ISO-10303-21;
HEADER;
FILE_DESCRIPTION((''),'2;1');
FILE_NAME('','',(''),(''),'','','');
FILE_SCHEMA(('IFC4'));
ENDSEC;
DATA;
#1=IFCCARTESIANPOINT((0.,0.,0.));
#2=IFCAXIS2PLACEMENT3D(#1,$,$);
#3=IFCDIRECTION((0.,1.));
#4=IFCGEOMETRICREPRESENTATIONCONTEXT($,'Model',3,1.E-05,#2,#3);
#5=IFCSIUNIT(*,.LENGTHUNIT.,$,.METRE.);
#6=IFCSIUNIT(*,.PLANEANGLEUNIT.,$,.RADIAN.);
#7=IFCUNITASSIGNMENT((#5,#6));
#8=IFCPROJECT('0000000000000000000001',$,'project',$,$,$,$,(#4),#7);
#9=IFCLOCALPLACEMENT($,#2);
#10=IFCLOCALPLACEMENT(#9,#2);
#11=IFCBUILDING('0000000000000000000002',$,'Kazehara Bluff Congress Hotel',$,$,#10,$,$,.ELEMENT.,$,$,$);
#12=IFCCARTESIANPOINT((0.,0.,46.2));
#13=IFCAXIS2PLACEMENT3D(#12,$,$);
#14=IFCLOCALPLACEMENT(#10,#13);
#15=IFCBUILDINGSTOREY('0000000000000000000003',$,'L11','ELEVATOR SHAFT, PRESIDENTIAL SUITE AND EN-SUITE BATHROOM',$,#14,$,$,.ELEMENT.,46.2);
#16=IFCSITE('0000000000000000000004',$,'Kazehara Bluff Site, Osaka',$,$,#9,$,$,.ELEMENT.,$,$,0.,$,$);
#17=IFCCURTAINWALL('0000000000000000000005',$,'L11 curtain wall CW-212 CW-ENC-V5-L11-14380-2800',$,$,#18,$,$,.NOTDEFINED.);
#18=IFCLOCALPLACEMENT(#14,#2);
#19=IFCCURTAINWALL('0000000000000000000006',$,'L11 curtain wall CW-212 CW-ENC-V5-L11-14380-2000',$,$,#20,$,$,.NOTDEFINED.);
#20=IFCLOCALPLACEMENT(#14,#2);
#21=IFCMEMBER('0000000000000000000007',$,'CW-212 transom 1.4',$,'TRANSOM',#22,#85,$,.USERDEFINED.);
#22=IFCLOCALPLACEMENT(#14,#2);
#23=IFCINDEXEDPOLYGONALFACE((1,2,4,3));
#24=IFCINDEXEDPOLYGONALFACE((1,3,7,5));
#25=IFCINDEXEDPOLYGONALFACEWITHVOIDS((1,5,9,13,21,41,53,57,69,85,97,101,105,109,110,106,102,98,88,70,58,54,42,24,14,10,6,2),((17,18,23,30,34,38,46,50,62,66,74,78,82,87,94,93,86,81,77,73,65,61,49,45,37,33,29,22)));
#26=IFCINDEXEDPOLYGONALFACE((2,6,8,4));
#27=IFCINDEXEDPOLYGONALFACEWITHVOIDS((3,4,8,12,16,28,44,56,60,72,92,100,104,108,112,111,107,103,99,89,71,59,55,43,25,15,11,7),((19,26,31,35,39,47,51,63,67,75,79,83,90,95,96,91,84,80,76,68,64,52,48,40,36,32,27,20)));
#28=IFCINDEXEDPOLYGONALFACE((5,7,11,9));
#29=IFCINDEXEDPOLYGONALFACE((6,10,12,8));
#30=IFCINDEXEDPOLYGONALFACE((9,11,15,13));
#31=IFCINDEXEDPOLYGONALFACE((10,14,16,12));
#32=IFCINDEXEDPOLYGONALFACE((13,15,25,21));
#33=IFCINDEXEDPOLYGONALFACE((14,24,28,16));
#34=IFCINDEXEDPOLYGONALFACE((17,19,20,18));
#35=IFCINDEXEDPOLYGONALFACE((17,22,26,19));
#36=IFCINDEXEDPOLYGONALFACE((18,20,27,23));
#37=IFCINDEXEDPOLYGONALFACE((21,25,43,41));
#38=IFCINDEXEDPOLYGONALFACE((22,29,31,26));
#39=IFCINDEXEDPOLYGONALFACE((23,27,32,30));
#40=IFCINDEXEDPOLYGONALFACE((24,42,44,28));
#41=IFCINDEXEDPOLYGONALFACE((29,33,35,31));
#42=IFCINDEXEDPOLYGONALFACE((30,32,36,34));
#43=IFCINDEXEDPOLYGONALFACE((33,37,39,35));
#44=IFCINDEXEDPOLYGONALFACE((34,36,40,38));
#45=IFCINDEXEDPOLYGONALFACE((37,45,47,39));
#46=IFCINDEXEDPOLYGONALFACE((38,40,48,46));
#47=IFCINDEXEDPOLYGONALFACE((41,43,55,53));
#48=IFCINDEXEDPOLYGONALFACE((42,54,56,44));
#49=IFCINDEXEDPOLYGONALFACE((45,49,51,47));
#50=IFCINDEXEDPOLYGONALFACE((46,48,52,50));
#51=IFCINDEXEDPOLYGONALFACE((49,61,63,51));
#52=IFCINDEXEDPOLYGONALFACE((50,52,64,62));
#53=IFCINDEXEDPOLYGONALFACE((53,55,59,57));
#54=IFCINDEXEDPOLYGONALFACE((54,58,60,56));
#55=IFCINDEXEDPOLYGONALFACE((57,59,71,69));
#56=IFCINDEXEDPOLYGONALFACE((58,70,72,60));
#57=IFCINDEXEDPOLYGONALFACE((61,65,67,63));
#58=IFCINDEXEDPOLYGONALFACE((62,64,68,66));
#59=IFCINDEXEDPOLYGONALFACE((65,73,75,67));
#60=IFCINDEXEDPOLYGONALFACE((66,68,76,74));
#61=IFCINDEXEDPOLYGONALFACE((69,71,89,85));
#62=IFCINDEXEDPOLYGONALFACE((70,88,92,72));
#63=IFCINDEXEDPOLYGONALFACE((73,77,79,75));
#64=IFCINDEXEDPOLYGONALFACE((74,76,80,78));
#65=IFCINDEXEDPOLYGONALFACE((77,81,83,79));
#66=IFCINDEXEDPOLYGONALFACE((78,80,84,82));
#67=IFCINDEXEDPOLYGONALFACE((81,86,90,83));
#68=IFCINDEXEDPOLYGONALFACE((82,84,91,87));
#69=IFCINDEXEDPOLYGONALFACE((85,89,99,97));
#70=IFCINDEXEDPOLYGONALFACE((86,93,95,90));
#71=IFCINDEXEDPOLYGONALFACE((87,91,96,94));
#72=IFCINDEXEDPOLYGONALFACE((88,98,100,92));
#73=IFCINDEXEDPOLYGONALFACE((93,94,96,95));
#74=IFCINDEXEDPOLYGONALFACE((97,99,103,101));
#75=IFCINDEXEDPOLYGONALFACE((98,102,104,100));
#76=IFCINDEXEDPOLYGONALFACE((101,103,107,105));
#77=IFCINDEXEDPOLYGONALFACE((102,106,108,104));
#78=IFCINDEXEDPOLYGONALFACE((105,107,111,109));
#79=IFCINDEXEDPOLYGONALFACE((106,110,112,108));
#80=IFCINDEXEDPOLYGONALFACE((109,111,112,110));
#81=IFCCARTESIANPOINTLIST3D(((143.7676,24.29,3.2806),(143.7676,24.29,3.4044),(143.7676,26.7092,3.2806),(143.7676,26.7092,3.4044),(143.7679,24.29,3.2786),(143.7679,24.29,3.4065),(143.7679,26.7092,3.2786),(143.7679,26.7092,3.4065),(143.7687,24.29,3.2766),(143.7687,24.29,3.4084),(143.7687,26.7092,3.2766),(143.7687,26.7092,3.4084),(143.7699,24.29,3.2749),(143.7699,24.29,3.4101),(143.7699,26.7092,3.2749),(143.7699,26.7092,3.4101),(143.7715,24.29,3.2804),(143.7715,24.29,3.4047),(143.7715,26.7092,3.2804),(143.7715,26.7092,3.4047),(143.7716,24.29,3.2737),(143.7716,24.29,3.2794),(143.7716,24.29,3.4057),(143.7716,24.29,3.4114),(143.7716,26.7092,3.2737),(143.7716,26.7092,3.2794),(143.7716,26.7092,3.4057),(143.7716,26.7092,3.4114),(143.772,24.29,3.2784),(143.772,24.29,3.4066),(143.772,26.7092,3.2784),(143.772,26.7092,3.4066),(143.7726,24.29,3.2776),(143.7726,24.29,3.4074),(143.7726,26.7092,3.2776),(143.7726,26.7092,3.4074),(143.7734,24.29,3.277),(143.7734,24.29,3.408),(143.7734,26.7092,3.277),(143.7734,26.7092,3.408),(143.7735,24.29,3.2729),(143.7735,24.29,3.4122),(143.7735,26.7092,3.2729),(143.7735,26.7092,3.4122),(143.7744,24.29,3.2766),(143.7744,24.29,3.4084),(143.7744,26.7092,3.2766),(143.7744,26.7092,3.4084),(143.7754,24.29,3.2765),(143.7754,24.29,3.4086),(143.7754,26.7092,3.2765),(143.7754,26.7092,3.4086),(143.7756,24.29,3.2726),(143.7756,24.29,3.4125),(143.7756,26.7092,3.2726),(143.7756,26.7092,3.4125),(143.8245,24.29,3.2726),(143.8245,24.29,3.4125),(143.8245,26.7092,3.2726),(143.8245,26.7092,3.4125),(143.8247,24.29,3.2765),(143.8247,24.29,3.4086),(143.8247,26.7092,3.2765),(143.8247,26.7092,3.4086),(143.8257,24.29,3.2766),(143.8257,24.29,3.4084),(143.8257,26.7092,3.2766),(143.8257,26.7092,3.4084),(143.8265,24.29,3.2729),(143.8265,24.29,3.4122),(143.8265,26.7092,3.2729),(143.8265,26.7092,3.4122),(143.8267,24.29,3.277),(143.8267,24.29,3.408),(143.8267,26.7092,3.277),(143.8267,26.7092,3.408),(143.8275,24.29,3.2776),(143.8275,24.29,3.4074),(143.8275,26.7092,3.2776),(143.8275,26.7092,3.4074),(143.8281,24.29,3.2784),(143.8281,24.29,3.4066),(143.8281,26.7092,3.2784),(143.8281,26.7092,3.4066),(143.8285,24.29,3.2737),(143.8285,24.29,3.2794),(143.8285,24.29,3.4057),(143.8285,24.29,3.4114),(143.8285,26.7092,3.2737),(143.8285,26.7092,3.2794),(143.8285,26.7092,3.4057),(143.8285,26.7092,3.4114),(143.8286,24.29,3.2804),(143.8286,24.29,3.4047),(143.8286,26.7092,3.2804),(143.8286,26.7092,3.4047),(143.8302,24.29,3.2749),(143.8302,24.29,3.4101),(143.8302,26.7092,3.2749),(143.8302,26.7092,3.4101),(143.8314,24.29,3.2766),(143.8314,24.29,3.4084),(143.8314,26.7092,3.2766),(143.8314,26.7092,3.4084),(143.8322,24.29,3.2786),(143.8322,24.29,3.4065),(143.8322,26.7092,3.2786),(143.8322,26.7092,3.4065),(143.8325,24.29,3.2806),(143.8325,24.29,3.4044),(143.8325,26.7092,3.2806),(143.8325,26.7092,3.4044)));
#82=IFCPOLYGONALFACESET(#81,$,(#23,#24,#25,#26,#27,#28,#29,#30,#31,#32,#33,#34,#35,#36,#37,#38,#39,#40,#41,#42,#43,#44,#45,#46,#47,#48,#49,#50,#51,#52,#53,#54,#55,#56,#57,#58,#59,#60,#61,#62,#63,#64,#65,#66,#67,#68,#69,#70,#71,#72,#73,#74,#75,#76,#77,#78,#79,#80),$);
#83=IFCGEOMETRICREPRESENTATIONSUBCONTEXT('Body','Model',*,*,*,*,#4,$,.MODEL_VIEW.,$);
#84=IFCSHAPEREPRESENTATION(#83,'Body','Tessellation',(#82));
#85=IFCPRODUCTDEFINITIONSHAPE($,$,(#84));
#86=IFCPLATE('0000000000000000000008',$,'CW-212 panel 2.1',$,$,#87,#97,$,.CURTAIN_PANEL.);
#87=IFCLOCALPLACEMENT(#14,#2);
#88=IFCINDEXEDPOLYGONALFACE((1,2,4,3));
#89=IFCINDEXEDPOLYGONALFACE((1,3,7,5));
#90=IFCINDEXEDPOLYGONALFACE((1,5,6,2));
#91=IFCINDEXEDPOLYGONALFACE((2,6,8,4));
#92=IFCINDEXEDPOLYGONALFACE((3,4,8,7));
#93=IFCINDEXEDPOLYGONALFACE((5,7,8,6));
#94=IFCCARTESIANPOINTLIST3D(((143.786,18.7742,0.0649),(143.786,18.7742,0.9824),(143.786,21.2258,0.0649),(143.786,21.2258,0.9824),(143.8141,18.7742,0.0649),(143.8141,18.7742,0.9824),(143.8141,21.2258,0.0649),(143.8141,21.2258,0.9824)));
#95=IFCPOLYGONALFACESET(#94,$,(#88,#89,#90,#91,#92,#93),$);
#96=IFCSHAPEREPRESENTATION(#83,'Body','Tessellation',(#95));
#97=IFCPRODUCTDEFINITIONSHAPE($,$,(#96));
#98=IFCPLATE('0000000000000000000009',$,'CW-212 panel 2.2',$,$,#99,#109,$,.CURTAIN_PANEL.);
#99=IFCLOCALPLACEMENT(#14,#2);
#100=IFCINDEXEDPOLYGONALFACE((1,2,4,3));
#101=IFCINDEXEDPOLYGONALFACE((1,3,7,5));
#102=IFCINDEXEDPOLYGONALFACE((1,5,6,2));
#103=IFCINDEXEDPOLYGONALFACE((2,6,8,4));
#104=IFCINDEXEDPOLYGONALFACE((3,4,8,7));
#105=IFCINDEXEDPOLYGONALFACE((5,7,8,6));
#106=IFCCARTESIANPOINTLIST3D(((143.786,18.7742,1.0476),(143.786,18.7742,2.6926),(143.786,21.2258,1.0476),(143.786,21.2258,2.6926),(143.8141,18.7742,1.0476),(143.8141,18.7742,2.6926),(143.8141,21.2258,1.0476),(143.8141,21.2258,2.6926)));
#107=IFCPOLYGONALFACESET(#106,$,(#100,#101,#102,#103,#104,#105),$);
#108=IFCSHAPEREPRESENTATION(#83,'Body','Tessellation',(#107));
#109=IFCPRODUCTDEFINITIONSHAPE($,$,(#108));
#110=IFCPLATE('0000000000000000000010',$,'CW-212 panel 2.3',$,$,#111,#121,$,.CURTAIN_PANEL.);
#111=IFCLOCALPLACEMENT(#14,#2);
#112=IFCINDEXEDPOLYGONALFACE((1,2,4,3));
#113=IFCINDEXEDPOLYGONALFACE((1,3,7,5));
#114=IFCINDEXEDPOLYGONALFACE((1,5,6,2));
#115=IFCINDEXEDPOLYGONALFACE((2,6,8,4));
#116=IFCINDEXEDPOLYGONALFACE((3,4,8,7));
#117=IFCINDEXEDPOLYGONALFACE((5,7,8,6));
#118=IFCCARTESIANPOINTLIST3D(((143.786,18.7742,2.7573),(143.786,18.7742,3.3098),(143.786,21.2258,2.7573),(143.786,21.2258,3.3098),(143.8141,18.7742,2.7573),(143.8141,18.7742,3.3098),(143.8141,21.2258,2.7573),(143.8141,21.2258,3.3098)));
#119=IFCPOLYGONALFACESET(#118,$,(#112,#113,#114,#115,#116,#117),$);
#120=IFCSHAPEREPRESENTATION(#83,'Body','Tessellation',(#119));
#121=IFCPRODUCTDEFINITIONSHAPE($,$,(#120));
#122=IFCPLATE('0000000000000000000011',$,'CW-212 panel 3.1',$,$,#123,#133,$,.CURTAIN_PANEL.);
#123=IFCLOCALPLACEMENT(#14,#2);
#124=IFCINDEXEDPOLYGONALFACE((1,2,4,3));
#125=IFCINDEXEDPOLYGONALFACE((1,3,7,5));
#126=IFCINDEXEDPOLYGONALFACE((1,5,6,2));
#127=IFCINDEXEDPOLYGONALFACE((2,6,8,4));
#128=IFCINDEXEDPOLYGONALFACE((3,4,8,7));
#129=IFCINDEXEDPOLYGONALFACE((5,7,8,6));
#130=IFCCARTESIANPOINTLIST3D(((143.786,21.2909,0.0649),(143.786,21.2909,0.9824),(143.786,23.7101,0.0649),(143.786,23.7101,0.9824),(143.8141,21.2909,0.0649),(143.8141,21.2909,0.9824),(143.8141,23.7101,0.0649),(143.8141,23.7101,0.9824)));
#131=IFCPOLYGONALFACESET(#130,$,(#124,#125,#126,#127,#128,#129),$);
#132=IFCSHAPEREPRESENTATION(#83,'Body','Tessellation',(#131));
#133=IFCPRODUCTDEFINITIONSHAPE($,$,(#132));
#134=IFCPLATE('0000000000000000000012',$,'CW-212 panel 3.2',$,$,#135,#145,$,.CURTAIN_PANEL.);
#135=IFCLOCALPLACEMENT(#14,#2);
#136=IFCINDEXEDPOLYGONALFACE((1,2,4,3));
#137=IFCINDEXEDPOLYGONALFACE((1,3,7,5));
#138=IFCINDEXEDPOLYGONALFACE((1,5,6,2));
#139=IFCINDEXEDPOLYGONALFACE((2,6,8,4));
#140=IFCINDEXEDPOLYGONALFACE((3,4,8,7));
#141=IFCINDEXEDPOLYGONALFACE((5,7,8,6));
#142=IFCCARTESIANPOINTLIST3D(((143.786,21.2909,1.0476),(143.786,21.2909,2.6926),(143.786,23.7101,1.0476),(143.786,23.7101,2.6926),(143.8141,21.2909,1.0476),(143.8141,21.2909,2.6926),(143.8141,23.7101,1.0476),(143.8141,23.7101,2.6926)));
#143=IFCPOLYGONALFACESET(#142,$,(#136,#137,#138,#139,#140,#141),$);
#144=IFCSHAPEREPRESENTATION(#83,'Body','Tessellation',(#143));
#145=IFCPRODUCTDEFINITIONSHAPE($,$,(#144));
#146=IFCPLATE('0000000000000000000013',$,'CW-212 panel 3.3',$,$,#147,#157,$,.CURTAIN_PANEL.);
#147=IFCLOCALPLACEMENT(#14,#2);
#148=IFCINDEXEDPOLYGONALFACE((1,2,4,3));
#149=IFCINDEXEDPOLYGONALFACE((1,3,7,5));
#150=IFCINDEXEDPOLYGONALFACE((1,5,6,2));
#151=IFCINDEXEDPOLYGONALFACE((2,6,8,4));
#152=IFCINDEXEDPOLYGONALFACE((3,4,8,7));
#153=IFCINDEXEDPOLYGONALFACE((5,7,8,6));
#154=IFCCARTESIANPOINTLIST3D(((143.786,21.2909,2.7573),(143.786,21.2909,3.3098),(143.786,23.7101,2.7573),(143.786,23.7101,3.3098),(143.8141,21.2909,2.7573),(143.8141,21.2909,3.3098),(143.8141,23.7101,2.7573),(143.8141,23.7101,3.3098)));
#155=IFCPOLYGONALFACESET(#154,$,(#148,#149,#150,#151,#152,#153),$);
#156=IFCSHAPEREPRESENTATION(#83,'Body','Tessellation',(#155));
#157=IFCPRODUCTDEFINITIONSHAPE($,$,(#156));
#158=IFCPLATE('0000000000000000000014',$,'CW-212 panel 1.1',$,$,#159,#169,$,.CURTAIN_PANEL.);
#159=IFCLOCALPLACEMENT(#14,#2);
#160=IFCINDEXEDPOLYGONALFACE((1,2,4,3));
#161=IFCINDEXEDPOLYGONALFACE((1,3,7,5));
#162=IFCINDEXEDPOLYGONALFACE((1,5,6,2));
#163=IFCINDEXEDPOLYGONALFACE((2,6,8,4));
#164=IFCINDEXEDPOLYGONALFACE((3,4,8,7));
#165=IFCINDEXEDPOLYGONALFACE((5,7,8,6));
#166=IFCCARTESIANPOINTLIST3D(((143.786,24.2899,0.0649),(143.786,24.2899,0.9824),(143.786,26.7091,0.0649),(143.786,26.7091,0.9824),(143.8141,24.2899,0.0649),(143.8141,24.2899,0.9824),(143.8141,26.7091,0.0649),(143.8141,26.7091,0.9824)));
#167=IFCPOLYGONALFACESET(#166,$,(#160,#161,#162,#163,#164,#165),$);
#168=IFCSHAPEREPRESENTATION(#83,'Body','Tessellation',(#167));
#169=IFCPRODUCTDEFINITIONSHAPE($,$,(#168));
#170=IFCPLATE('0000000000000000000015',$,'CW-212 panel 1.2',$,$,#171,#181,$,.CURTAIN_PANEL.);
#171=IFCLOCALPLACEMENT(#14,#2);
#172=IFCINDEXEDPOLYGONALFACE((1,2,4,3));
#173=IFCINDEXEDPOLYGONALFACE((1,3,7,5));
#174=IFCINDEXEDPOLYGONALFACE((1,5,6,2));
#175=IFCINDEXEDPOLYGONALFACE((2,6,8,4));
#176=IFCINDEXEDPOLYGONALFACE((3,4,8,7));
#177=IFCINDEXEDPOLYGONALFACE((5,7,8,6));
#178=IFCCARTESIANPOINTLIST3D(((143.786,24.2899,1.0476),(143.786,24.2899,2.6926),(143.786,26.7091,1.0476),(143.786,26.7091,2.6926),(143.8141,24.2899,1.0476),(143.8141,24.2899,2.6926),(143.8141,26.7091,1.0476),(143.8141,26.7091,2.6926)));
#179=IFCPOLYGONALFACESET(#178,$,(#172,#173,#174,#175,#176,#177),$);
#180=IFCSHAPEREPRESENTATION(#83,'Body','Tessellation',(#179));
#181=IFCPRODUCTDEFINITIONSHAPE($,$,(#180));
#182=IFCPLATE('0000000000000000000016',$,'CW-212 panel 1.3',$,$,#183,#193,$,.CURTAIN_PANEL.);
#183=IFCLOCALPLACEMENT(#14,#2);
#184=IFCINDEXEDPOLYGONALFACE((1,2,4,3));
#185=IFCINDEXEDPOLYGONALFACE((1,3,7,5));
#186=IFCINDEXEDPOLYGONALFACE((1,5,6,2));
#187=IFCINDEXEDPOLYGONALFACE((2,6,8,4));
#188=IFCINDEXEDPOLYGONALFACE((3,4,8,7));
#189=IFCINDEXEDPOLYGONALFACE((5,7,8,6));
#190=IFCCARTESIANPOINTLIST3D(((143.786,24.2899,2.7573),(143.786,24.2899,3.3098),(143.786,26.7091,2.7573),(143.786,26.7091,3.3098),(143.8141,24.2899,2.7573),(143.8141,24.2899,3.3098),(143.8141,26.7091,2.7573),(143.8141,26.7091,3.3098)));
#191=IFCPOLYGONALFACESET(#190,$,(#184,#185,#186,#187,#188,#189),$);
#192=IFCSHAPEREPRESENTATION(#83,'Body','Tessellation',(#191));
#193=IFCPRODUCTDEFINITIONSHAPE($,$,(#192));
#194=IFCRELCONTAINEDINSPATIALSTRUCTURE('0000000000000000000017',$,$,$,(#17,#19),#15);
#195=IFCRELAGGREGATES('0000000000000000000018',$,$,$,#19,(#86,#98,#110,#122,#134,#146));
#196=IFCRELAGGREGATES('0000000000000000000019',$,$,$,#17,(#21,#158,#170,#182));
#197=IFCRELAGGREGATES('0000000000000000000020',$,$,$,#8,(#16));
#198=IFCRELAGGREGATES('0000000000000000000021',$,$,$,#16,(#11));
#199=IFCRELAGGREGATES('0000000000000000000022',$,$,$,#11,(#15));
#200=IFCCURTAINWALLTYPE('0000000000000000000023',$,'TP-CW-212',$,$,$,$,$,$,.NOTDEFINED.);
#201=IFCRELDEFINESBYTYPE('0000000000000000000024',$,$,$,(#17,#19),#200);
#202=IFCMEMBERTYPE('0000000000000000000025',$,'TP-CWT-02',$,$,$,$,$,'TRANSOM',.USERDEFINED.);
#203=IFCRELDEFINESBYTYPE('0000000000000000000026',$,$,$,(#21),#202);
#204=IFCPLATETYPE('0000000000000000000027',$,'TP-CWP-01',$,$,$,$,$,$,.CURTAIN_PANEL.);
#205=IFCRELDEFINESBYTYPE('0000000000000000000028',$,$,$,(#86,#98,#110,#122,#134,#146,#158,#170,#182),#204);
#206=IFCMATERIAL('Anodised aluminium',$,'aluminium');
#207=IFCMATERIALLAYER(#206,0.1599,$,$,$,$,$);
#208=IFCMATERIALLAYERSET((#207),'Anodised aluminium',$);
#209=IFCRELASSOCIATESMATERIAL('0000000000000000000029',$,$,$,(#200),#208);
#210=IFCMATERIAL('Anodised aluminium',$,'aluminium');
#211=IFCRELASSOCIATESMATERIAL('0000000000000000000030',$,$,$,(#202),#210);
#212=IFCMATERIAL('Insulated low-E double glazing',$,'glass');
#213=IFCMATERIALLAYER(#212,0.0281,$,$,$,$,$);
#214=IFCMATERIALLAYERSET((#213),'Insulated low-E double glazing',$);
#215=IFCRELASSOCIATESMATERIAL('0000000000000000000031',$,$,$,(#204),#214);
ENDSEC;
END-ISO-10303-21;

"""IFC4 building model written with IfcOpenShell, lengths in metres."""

from ifc_helpers import new_model, si_unit, direction, frame, origin, origin_2d, place, context, subcontext, project, spatial, rectangle, hollow_rectangle, extrude, material, layer, layer_set, material_profile, profile_set, type_object, element, aggregate, save


model = new_model("IFC4")

# Units and contexts
model_context = context("Model", 3, precision=1e-05, world=origin(), true_north=direction((0.0, 1.0)))
body_context = subcontext(model_context, "Body", "Model", "MODEL_VIEW")
ifc_project = project(units=[si_unit("LENGTHUNIT", "METRE"), si_unit("PLANEANGLEUNIT", "RADIAN")], contexts=[model_context])

# Site, building, storey
site_placement = place(None, origin())
site = spatial("IfcSite", under=ifc_project, at=site_placement, Name="Kazehara Bluff Site, Osaka", CompositionType="ELEMENT", RefElevation=0.0)
building_placement = place(site_placement, origin())
building = spatial("IfcBuilding", under=site, at=building_placement, Name="Kazehara Bluff Congress Hotel", CompositionType="ELEMENT")
storey_placement = place(building_placement, frame((0.0, 0.0, 46.2)))
storey = spatial("IfcBuildingStorey", under=building, at=storey_placement, Name="L11", Description="ELEVATOR SHAFT, PRESIDENTIAL SUITE AND EN-SUITE BATHROOM", CompositionType="ELEMENT", Elevation=46.2)

# Curtain wall
ifc_material_1 = material(Name="Anodised aluminium", Category="aluminium")
ifc_layer_1 = layer(ifc_material_1, 0.1599)
ifc_layer_set_1 = layer_set([ifc_layer_1], Name="Anodised aluminium")
curtain_wall_type = type_object("IfcCurtainWallType", Name="TP-CW-212", PredefinedType="NOTDEFINED", material=ifc_layer_set_1)
curtain_wall_1_placement = place(storey_placement, origin())
curtain_wall_1 = element("IfcCurtainWall", 1, at=curtain_wall_1_placement, inside=storey, type_object=curtain_wall_type, Name="L11 curtain wall CW-212 CW-ENC-V5-L11-14380-2800", PredefinedType="NOTDEFINED")

# Curtain wall
curtain_wall_2_placement = place(storey_placement, origin())
curtain_wall_2 = element("IfcCurtainWall", 2, at=curtain_wall_2_placement, inside=storey, type_object=curtain_wall_type, Name="L11 curtain wall CW-212 CW-ENC-V5-L11-14380-2000", PredefinedType="NOTDEFINED")
ifc_material_2 = material(Name="Anodised aluminium", Category="aluminium")
ifc_material_profile_1 = material_profile(ifc_material_2, hollow_rectangle(XDim=0.0649, YDim=0.1399, WallThickness=0.0039, InnerFilletRadius=0.0039, OuterFilletRadius=0.0081, at=origin_2d()))
ifc_profile_set_1 = profile_set([ifc_material_profile_1], Name="Anodised aluminium")
member_type_1 = type_object("IfcMemberType", Name="TP-CWT-02", ElementType="TRANSOM", PredefinedType="USERDEFINED", material=ifc_profile_set_1)

# Member
member_1_placement = place(storey_placement, frame((143.8, 24.29, 3.3425), z_axis=(0.0, 1.0, 0.0), x_axis=(-1.0, 0.0, 0.0)))
member_1 = element("IfcMember", 3, at=member_1_placement, type_object=member_type_1, Name="CW-212 transom 1.4", ObjectType="TRANSOM", PredefinedType="USERDEFINED", context=body_context, shape_type="SweptSolid", body=[
    extrude(hollow_rectangle(XDim=0.0649, YDim=0.1399, WallThickness=0.0039, InnerFilletRadius=0.0039, OuterFilletRadius=0.0081, at=origin_2d()), origin(), (0.0, 0.0, 1.0), 2.4192),
])

# Plates
ifc_material_3 = material(Name="Insulated low-E double glazing", Category="glass")
ifc_layer_2 = layer(ifc_material_3, 0.0281)
ifc_layer_set_2 = layer_set([ifc_layer_2], Name="Insulated low-E double glazing")
plate_type = type_object("IfcPlateType", Name="TP-CWP-01", PredefinedType="CURTAIN_PANEL", material=ifc_layer_set_2)
plate_1_placement = place(storey_placement, frame((143.8, 20.0, 0.0649), z_axis=(0.0, 0.0, 1.0), x_axis=(0.0, 1.0, 0.0)))
plate_1 = element("IfcPlate", 4, at=plate_1_placement, type_object=plate_type, Name="CW-212 panel 2.1", PredefinedType="CURTAIN_PANEL", context=body_context, shape_type="SweptSolid", body=[
    extrude(rectangle(XDim=2.4517, YDim=0.0281, at=origin_2d()), origin(), (0.0, 0.0, 1.0), 0.9175),
])
plate_2_placement = place(storey_placement, frame((143.8, 20.0, 1.0476), z_axis=(0.0, 0.0, 1.0), x_axis=(0.0, 1.0, 0.0)))
plate_2 = element("IfcPlate", 5, at=plate_2_placement, type_object=plate_type, Name="CW-212 panel 2.2", PredefinedType="CURTAIN_PANEL", context=body_context, shape_type="SweptSolid", body=[
    extrude(rectangle(XDim=2.4517, YDim=0.0281, at=origin_2d()), origin(), (0.0, 0.0, 1.0), 1.645),
])
plate_3_placement = place(storey_placement, frame((143.8, 20.0, 2.7573), z_axis=(0.0, 0.0, 1.0), x_axis=(0.0, 1.0, 0.0)))
plate_3 = element("IfcPlate", 6, at=plate_3_placement, type_object=plate_type, Name="CW-212 panel 2.3", PredefinedType="CURTAIN_PANEL", context=body_context, shape_type="SweptSolid", body=[
    extrude(rectangle(XDim=2.4517, YDim=0.0281, at=origin_2d()), origin(), (0.0, 0.0, 1.0), 0.5525),
])
plate_4_placement = place(storey_placement, frame((143.8, 22.5005, 0.0649), z_axis=(0.0, 0.0, 1.0), x_axis=(0.0, 1.0, 0.0)))
plate_4 = element("IfcPlate", 7, at=plate_4_placement, type_object=plate_type, Name="CW-212 panel 3.1", PredefinedType="CURTAIN_PANEL", context=body_context, shape_type="SweptSolid", body=[
    extrude(rectangle(XDim=2.4192, YDim=0.0281, at=origin_2d()), origin(), (0.0, 0.0, 1.0), 0.9175),
])
plate_5_placement = place(storey_placement, frame((143.8, 22.5005, 1.0476), z_axis=(0.0, 0.0, 1.0), x_axis=(0.0, 1.0, 0.0)))
plate_5 = element("IfcPlate", 8, at=plate_5_placement, type_object=plate_type, Name="CW-212 panel 3.2", PredefinedType="CURTAIN_PANEL", context=body_context, shape_type="SweptSolid", body=[
    extrude(rectangle(XDim=2.4192, YDim=0.0281, at=origin_2d()), origin(), (0.0, 0.0, 1.0), 1.645),
])
plate_6_placement = place(storey_placement, frame((143.8, 22.5005, 2.7573), z_axis=(0.0, 0.0, 1.0), x_axis=(0.0, 1.0, 0.0)))
plate_6 = element("IfcPlate", 9, at=plate_6_placement, type_object=plate_type, Name="CW-212 panel 3.3", PredefinedType="CURTAIN_PANEL", context=body_context, shape_type="SweptSolid", body=[
    extrude(rectangle(XDim=2.4192, YDim=0.0281, at=origin_2d()), origin(), (0.0, 0.0, 1.0), 0.5525),
])
aggregate(curtain_wall_2, [plate_1, plate_2, plate_3, plate_4, plate_5, plate_6])
plate_7_placement = place(storey_placement, frame((143.8, 25.4995, 0.0649), z_axis=(0.0, 0.0, 1.0), x_axis=(0.0, 1.0, 0.0)))
plate_7 = element("IfcPlate", 10, at=plate_7_placement, type_object=plate_type, Name="CW-212 panel 1.1", PredefinedType="CURTAIN_PANEL", context=body_context, shape_type="SweptSolid", body=[
    extrude(rectangle(XDim=2.4192, YDim=0.0281, at=origin_2d()), origin(), (0.0, 0.0, 1.0), 0.9175),
])
plate_8_placement = place(storey_placement, frame((143.8, 25.4995, 1.0476), z_axis=(0.0, 0.0, 1.0), x_axis=(0.0, 1.0, 0.0)))
plate_8 = element("IfcPlate", 11, at=plate_8_placement, type_object=plate_type, Name="CW-212 panel 1.2", PredefinedType="CURTAIN_PANEL", context=body_context, shape_type="SweptSolid", body=[
    extrude(rectangle(XDim=2.4192, YDim=0.0281, at=origin_2d()), origin(), (0.0, 0.0, 1.0), 1.645),
])
plate_9_placement = place(storey_placement, frame((143.8, 25.4995, 2.7573), z_axis=(0.0, 0.0, 1.0), x_axis=(0.0, 1.0, 0.0)))
plate_9 = element("IfcPlate", 12, at=plate_9_placement, type_object=plate_type, Name="CW-212 panel 1.3", PredefinedType="CURTAIN_PANEL", context=body_context, shape_type="SweptSolid", body=[
    extrude(rectangle(XDim=2.4192, YDim=0.0281, at=origin_2d()), origin(), (0.0, 0.0, 1.0), 0.5525),
])
aggregate(curtain_wall_1, [member_1, plate_7, plate_8, plate_9])

save(model, "model.ifc")
